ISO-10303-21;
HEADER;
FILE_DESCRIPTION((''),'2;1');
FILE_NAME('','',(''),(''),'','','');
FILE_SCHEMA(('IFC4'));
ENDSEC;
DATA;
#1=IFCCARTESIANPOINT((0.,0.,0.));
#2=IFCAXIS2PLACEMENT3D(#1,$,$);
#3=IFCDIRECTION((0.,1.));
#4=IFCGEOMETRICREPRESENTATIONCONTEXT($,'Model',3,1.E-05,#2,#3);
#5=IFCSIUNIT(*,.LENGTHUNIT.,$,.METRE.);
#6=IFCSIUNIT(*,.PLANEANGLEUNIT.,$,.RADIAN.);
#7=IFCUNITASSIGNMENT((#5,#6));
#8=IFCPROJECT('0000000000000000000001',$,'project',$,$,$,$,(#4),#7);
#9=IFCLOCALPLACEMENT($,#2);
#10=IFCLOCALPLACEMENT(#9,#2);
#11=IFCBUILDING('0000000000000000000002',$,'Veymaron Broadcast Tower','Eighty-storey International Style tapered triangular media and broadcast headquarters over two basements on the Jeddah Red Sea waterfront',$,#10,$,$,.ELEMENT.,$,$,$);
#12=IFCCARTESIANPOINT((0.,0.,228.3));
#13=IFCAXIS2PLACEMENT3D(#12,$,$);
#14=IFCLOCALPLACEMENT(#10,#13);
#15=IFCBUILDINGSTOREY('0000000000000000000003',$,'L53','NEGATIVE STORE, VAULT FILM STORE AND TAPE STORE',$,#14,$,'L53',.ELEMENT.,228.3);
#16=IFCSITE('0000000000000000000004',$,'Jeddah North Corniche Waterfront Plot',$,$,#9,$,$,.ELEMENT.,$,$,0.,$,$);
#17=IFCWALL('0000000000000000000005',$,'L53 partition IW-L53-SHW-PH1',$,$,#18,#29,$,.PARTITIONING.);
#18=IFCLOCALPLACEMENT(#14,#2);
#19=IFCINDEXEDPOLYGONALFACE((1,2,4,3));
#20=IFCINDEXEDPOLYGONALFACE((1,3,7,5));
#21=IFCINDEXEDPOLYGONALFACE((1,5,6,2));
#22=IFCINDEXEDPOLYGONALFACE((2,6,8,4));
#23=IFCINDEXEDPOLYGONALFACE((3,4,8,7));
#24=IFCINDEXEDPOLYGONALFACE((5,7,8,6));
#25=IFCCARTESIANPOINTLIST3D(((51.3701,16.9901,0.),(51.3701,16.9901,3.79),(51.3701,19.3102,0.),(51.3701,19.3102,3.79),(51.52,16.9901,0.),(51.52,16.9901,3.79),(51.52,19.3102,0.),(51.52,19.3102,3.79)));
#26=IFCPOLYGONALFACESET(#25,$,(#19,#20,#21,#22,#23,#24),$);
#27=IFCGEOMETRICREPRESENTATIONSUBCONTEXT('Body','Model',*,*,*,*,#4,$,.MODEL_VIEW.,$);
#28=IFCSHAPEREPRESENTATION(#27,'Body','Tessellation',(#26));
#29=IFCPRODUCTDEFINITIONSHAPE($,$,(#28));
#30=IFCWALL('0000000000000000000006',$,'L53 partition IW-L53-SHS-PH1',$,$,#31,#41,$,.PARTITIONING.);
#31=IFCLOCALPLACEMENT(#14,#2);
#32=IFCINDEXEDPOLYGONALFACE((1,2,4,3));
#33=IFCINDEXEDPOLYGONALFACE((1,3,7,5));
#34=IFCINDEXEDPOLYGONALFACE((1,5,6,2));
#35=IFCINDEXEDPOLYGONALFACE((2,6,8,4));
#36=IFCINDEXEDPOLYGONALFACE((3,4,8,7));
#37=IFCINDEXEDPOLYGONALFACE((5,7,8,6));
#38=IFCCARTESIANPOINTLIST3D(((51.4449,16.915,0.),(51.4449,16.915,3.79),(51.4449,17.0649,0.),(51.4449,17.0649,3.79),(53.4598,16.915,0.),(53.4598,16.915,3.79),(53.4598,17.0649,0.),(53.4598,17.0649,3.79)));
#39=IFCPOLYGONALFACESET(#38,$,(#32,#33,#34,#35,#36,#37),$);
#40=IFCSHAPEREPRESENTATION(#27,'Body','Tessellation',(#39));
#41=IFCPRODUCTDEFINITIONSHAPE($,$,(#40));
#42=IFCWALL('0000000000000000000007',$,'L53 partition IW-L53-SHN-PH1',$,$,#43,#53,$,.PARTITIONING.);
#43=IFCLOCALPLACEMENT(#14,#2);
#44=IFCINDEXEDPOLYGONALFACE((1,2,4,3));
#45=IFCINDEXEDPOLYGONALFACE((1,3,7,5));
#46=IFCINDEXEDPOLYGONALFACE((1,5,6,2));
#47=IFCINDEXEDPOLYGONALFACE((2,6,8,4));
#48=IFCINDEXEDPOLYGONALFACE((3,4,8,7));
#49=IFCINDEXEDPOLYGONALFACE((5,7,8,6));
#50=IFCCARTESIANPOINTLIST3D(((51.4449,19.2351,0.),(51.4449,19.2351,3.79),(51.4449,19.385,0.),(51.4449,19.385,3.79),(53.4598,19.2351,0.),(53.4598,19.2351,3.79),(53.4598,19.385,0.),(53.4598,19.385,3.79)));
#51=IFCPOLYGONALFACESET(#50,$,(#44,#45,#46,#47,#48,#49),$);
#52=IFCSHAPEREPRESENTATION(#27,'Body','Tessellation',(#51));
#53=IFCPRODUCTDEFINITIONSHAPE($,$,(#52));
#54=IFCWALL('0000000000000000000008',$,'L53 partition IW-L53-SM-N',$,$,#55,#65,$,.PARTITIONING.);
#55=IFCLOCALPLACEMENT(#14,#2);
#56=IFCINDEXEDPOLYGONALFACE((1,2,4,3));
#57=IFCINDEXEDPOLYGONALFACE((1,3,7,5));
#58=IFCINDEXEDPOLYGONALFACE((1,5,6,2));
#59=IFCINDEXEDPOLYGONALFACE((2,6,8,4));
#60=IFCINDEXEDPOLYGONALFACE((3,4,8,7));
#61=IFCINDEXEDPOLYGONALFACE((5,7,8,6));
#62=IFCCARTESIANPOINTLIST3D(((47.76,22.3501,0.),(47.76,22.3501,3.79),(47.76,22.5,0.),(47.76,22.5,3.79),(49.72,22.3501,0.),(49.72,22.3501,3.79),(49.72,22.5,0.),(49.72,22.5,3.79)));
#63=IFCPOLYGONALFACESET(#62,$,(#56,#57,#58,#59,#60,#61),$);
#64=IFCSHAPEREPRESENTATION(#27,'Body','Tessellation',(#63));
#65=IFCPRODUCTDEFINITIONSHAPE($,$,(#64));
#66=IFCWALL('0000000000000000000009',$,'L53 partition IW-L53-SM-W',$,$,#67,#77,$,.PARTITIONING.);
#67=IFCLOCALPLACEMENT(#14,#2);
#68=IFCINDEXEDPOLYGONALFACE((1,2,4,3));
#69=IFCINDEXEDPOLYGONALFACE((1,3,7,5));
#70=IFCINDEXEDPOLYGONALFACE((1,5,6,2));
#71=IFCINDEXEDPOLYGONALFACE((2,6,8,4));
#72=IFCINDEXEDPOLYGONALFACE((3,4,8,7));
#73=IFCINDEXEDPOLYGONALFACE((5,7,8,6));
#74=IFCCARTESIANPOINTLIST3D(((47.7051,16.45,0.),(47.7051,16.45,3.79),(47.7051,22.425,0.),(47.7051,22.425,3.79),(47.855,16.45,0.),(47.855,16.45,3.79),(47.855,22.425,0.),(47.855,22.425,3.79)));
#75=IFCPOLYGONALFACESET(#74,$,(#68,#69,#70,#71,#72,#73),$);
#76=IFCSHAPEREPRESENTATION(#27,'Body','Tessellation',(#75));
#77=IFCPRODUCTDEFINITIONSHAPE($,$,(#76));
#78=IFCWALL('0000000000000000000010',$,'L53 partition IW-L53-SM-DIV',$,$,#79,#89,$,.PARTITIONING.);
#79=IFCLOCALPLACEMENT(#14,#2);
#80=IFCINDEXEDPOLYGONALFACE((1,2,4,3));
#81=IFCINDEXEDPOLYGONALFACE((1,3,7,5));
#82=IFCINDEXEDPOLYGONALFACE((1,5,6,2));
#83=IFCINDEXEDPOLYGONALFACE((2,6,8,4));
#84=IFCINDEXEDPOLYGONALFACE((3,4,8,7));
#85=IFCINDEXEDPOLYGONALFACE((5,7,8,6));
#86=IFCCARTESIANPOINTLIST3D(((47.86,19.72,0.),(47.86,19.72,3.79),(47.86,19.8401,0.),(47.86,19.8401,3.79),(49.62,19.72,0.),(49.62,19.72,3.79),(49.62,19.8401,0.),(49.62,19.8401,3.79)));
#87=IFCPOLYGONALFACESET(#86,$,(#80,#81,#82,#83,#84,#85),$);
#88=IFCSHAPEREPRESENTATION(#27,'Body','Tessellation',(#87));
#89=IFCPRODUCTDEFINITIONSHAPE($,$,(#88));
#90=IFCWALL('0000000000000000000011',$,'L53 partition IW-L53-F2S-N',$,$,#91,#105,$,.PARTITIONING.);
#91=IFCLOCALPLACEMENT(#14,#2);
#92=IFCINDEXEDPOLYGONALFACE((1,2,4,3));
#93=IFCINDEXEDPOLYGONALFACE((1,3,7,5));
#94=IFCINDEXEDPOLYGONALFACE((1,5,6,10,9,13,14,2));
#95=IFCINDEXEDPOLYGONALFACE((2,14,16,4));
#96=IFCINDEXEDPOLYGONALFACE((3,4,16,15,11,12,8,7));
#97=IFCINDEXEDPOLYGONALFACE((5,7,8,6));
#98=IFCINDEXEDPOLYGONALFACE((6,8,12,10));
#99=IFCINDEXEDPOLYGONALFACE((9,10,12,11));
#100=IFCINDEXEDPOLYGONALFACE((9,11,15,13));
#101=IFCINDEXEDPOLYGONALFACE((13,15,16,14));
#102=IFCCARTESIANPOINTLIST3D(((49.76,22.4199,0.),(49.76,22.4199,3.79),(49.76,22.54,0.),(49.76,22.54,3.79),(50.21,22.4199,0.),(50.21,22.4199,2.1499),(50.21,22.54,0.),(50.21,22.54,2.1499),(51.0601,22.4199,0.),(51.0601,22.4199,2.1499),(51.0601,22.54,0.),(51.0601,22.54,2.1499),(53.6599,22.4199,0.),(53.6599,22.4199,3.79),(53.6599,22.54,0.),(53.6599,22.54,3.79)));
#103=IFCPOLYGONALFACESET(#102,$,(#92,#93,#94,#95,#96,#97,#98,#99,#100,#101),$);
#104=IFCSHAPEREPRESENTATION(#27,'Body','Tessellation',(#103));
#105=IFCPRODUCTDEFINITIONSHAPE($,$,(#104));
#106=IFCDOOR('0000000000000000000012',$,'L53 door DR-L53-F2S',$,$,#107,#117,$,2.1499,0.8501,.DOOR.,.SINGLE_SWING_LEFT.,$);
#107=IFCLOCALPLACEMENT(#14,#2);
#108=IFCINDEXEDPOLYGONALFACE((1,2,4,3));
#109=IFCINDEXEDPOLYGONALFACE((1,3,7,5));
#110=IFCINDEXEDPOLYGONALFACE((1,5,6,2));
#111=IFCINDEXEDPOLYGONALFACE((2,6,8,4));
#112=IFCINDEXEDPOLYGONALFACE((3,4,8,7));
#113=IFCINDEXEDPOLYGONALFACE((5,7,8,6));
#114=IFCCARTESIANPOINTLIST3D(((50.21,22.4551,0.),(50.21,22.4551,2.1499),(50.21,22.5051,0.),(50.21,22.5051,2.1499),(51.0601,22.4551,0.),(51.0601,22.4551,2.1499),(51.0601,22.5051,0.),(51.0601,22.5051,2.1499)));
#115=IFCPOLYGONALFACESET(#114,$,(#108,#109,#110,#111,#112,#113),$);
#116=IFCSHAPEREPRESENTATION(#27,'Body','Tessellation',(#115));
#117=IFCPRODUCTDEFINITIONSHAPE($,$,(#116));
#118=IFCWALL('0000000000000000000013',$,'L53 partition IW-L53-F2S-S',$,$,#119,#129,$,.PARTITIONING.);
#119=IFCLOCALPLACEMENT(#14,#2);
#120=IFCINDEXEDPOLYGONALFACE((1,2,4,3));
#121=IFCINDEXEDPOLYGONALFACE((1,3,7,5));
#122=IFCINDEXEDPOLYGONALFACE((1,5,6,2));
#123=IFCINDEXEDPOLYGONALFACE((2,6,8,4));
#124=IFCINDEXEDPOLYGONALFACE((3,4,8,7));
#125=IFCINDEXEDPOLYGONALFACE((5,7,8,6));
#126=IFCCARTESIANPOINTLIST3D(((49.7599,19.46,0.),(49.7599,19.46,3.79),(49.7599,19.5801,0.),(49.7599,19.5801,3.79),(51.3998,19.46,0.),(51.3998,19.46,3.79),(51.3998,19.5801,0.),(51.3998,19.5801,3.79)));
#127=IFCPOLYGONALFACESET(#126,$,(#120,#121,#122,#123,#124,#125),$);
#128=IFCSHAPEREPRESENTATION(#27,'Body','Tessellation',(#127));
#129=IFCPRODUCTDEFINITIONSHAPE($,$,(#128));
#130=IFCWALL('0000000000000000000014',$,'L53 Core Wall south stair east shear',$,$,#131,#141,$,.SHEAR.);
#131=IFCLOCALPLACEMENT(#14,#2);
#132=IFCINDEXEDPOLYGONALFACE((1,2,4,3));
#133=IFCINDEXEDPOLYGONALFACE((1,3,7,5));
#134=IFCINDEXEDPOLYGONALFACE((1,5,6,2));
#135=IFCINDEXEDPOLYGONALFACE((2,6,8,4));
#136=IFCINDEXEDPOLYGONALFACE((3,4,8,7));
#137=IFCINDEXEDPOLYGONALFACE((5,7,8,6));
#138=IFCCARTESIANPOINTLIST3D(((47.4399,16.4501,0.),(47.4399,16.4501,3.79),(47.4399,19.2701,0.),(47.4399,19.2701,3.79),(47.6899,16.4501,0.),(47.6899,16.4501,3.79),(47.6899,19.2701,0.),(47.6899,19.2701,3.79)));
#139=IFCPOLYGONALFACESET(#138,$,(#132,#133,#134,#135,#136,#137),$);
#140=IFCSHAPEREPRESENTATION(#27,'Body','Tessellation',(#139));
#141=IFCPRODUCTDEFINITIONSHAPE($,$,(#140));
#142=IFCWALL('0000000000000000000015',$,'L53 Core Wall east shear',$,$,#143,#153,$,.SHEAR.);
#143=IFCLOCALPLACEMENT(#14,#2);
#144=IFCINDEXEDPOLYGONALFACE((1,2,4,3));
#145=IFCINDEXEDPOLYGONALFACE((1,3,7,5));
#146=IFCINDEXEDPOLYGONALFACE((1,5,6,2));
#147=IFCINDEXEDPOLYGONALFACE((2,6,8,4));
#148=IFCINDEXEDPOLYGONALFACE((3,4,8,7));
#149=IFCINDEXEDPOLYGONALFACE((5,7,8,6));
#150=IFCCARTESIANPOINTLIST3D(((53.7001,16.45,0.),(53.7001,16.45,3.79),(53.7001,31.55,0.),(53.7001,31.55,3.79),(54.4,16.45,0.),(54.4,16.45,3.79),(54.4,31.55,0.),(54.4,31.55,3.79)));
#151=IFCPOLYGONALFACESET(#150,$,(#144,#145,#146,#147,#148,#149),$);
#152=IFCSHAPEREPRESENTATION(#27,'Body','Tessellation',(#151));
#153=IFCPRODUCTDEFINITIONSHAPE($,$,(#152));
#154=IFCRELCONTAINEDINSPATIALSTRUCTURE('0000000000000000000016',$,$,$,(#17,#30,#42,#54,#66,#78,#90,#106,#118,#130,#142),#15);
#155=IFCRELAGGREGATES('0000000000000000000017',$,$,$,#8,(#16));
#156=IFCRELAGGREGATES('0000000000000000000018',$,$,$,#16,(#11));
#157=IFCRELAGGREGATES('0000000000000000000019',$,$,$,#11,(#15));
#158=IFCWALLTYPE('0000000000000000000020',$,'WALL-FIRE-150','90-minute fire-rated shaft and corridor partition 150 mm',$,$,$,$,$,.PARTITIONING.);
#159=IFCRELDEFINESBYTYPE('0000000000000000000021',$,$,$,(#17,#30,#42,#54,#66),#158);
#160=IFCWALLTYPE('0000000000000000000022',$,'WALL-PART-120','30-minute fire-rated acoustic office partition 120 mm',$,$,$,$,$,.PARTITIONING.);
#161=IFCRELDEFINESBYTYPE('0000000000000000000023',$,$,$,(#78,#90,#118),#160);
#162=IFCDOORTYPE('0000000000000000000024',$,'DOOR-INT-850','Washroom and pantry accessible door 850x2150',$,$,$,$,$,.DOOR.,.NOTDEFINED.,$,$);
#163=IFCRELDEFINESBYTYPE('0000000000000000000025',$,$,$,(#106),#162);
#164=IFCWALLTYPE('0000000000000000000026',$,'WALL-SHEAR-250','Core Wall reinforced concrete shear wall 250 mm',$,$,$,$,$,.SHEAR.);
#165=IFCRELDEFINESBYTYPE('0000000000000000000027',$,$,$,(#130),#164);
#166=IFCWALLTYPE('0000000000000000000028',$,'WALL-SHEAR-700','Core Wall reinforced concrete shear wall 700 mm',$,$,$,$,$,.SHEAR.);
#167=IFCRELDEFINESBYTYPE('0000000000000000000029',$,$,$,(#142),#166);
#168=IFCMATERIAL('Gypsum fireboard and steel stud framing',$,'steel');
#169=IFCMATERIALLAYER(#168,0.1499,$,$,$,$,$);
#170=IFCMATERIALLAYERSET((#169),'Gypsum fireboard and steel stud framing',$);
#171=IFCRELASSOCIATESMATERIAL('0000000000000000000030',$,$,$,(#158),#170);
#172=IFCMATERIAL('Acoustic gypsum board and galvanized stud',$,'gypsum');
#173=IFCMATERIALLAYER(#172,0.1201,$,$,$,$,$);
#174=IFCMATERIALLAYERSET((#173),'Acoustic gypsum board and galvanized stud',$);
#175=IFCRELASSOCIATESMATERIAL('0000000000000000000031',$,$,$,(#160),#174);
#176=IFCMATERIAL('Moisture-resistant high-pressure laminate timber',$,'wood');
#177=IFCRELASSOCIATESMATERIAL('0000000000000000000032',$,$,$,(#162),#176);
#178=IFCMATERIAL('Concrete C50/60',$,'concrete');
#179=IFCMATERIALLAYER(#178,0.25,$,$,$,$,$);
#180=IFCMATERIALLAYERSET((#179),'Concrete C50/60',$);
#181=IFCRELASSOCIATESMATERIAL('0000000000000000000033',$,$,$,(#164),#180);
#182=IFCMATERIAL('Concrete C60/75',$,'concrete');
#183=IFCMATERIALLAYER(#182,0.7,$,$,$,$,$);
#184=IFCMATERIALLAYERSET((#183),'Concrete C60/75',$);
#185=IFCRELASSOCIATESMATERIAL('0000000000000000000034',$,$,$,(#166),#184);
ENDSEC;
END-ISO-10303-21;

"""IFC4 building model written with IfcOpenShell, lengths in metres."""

from ifc_helpers import new_model, si_unit, direction, frame, frame_2d, origin, place, context, subcontext, project, spatial, rectangle, extrude, material, layer, layer_set, type_object, element, fill, save


model = new_model("IFC4")

# Units and contexts
model_context = context("Model", 3, precision=1e-05, world=origin(), true_north=direction((0.0, 1.0)))
body_context = subcontext(model_context, "Body", "Model", "MODEL_VIEW")
ifc_project = project(units=[si_unit("LENGTHUNIT", "METRE"), si_unit("PLANEANGLEUNIT", "RADIAN")], contexts=[model_context])

# Site, building, storey
site_placement = place(None, origin())
site = spatial("IfcSite", under=ifc_project, at=site_placement, Name="Jeddah North Corniche Waterfront Plot", CompositionType="ELEMENT", RefElevation=0.0)
building_placement = place(site_placement, origin())
building = spatial("IfcBuilding", under=site, at=building_placement, Name="Veymaron Broadcast Tower", Description="Eighty-storey International Style tapered triangular media and broadcast headquarters over two basements on the Jeddah Red Sea waterfront", CompositionType="ELEMENT")
storey_placement = place(building_placement, frame((0.0, 0.0, 228.3)))
storey = spatial("IfcBuildingStorey", under=building, at=storey_placement, Name="L53", Description="NEGATIVE STORE, VAULT FILM STORE AND TAPE STORE", LongName="L53", CompositionType="ELEMENT", Elevation=228.3)

# Walls
ifc_material_1 = material(Name="Gypsum fireboard and steel stud framing", Category="steel")
ifc_layer_1 = layer(ifc_material_1, 0.1499)
ifc_layer_set_1 = layer_set([ifc_layer_1], Name="Gypsum fireboard and steel stud framing")
wall_type_1 = type_object("IfcWallType", Name="WALL-FIRE-150", Description="90-minute fire-rated shaft and corridor partition 150 mm", PredefinedType="PARTITIONING", material=ifc_layer_set_1)
wall_1_placement = place(storey_placement, frame((51.4451, 16.99, 0.0), z_axis=(0.0, 0.0, 1.0), x_axis=(0.0, 1.0, 0.0)))
element("IfcWall", 1, at=wall_1_placement, inside=storey, type_object=wall_type_1, Name="L53 partition IW-L53-SHW-PH1", PredefinedType="PARTITIONING", context=body_context, shape_type="SweptSolid", body=[
    extrude(rectangle(XDim=2.3201, YDim=0.1499, at=frame_2d((1.1602, 0.0))), origin(), (0.0, 0.0, 1.0), 3.79),
])
for number, where, z_axis, x_axis, name in (
    (2, (51.4451, 16.99, 0.0), (0.0, 0.0, 1.0), (1.0, 0.0, 0.0), "L53 partition IW-L53-SHS-PH1"),
    (3, (51.4451, 19.3101, 0.0), (0.0, 0.0, 1.0), (1.0, 0.0, 0.0), "L53 partition IW-L53-SHN-PH1"),
):
    element("IfcWall", number, at=place(storey_placement, frame(where, z_axis=z_axis, x_axis=x_axis)), inside=storey, type_object=wall_type_1, Name=name, PredefinedType="PARTITIONING", context=body_context, shape_type="SweptSolid", body=[
        extrude(rectangle(XDim=2.0149, YDim=0.1499, at=frame_2d((1.0073, 0.0))), origin(), (0.0, 0.0, 1.0), 3.79),
    ])

# Walls
wall_2_placement = place(storey_placement, frame((47.76, 22.425, 0.0), z_axis=(0.0, 0.0, 1.0), x_axis=(1.0, 0.0, 0.0)))
element("IfcWall", 4, at=wall_2_placement, inside=storey, type_object=wall_type_1, Name="L53 partition IW-L53-SM-N", PredefinedType="PARTITIONING", context=body_context, shape_type="SweptSolid", body=[
    extrude(rectangle(XDim=1.96, YDim=0.1499, at=frame_2d((0.98, 0.0))), origin(), (0.0, 0.0, 1.0), 3.79),
])
wall_3_placement = place(storey_placement, frame((47.78, 16.45, 0.0), z_axis=(0.0, 0.0, 1.0), x_axis=(0.0, 1.0, 0.0)))
element("IfcWall", 5, at=wall_3_placement, inside=storey, type_object=wall_type_1, Name="L53 partition IW-L53-SM-W", PredefinedType="PARTITIONING", context=body_context, shape_type="SweptSolid", body=[
    extrude(rectangle(XDim=5.9751, YDim=0.1499, at=frame_2d((2.9875, 0.0))), origin(), (0.0, 0.0, 1.0), 3.79),
])
ifc_material_2 = material(Name="Acoustic gypsum board and galvanized stud", Category="gypsum")
ifc_layer_2 = layer(ifc_material_2, 0.1201)
ifc_layer_set_2 = layer_set([ifc_layer_2], Name="Acoustic gypsum board and galvanized stud")
wall_type_2 = type_object("IfcWallType", Name="WALL-PART-120", Description="30-minute fire-rated acoustic office partition 120 mm", PredefinedType="PARTITIONING", material=ifc_layer_set_2)
wall_4_placement = place(storey_placement, frame((47.8601, 19.78, 0.0), z_axis=(0.0, 0.0, 1.0), x_axis=(1.0, 0.0, 0.0)))
element("IfcWall", 6, at=wall_4_placement, inside=storey, type_object=wall_type_2, Name="L53 partition IW-L53-SM-DIV", PredefinedType="PARTITIONING", context=body_context, shape_type="SweptSolid", body=[
    extrude(rectangle(XDim=1.76, YDim=0.1201, at=frame_2d((0.8799, 0.0))), origin(), (0.0, 0.0, 1.0), 3.79),
])

# Shared definitions
ifc_material_3 = material(Name="Moisture-resistant high-pressure laminate timber", Category="wood")
door_type_1 = type_object("IfcDoorType", Name="DOOR-INT-850", Description="Washroom and pantry accessible door 850x2150", OperationType="NOTDEFINED", PredefinedType="DOOR", material=ifc_material_3)

# Wall, opening, door
wall_5_placement = place(storey_placement, frame((49.76, 22.48, 0.0), z_axis=(0.0, 0.0, 1.0), x_axis=(1.0, 0.0, 0.0)))
wall_5 = element("IfcWall", 7, at=wall_5_placement, inside=storey, type_object=wall_type_2, Name="L53 partition IW-L53-F2S-N", PredefinedType="PARTITIONING", context=body_context, shape_type="SweptSolid", body=[
    extrude(rectangle(XDim=3.8999, YDim=0.1201, at=frame_2d((1.95, 0.0))), origin(), (0.0, 0.0, 1.0), 3.79),
])
opening_1_placement = place(wall_5_placement, frame((0.45, 0.0, 0.0)))
opening_1 = element("IfcOpeningElement", 8, at=opening_1_placement, cuts=wall_5, PredefinedType="OPENING", context=body_context, shape_type="SweptSolid", body=[
    extrude(rectangle(XDim=0.8501, YDim=2.1499, at=frame_2d((0.425, 1.075))), frame((0.0, 0.0701, 0.0), z_axis=(0.0, -1.0, 0.0), x_axis=(1.0, 0.0, 0.0)), (0.0, 0.0, 1.0), 0.1401),
])
door_1_placement = place(opening_1_placement, frame((0.8501, 0.0, 0.0), z_axis=(0.0, 0.0, 1.0), x_axis=(-1.0, 0.0, 0.0)))
door_1 = element("IfcDoor", 9, at=door_1_placement, inside=storey, type_object=door_type_1, Name="L53 door DR-L53-F2S", OperationType="SINGLE_SWING_LEFT", OverallHeight=2.1499, OverallWidth=0.8501, PredefinedType="DOOR", context=body_context, shape_type="SweptSolid", body=[
    extrude(rectangle(XDim=0.8501, YDim=2.1499, at=frame_2d((0.425, 1.075))), frame((0.0, 0.0249, 0.0), z_axis=(0.0, -1.0, 0.0), x_axis=(1.0, 0.0, 0.0)), (0.0, 0.0, 1.0), 0.05),
])
fill(opening_1, door_1)

# Walls
wall_6_placement = place(storey_placement, frame((49.76, 19.52, 0.0), z_axis=(0.0, 0.0, 1.0), x_axis=(1.0, 0.0, 0.0)))
element("IfcWall", 10, at=wall_6_placement, inside=storey, type_object=wall_type_2, Name="L53 partition IW-L53-F2S-S", PredefinedType="PARTITIONING", context=body_context, shape_type="SweptSolid", body=[
    extrude(rectangle(XDim=1.6399, YDim=0.1201, at=frame_2d((0.8198, 0.0))), origin(), (0.0, 0.0, 1.0), 3.79),
])
ifc_material_4 = material(Name="Concrete C50/60", Category="concrete")
ifc_layer_3 = layer(ifc_material_4, 0.25)
ifc_layer_set_3 = layer_set([ifc_layer_3], Name="Concrete C50/60")
wall_type_3 = type_object("IfcWallType", Name="WALL-SHEAR-250", Description="Core Wall reinforced concrete shear wall 250 mm", PredefinedType="SHEAR", material=ifc_layer_set_3)
wall_7_placement = place(storey_placement, frame((47.5649, 16.45, 0.0), z_axis=(0.0, 0.0, 1.0), x_axis=(0.0, 1.0, 0.0)))
element("IfcWall", 11, at=wall_7_placement, inside=storey, type_object=wall_type_3, Name="L53 Core Wall south stair east shear", PredefinedType="SHEAR", context=body_context, shape_type="SweptSolid", body=[
    extrude(rectangle(XDim=2.8201, YDim=0.25, at=frame_2d((1.4102, 0.0))), origin(), (0.0, 0.0, 1.0), 3.79),
])
ifc_material_5 = material(Name="Concrete C60/75", Category="concrete")
ifc_layer_4 = layer(ifc_material_5, 0.7)
ifc_layer_set_4 = layer_set([ifc_layer_4], Name="Concrete C60/75")
wall_type_4 = type_object("IfcWallType", Name="WALL-SHEAR-700", Description="Core Wall reinforced concrete shear wall 700 mm", PredefinedType="SHEAR", material=ifc_layer_set_4)
wall_8_placement = place(storey_placement, frame((54.05, 16.45, 0.0), z_axis=(0.0, 0.0, 1.0), x_axis=(0.0, 1.0, 0.0)))
element("IfcWall", 12, at=wall_8_placement, inside=storey, type_object=wall_type_4, Name="L53 Core Wall east shear", PredefinedType="SHEAR", context=body_context, shape_type="SweptSolid", body=[
    extrude(rectangle(XDim=15.1001, YDim=0.7, at=frame_2d((7.55, 0.0))), origin(), (0.0, 0.0, 1.0), 3.79),
])

save(model, "model.ifc")
